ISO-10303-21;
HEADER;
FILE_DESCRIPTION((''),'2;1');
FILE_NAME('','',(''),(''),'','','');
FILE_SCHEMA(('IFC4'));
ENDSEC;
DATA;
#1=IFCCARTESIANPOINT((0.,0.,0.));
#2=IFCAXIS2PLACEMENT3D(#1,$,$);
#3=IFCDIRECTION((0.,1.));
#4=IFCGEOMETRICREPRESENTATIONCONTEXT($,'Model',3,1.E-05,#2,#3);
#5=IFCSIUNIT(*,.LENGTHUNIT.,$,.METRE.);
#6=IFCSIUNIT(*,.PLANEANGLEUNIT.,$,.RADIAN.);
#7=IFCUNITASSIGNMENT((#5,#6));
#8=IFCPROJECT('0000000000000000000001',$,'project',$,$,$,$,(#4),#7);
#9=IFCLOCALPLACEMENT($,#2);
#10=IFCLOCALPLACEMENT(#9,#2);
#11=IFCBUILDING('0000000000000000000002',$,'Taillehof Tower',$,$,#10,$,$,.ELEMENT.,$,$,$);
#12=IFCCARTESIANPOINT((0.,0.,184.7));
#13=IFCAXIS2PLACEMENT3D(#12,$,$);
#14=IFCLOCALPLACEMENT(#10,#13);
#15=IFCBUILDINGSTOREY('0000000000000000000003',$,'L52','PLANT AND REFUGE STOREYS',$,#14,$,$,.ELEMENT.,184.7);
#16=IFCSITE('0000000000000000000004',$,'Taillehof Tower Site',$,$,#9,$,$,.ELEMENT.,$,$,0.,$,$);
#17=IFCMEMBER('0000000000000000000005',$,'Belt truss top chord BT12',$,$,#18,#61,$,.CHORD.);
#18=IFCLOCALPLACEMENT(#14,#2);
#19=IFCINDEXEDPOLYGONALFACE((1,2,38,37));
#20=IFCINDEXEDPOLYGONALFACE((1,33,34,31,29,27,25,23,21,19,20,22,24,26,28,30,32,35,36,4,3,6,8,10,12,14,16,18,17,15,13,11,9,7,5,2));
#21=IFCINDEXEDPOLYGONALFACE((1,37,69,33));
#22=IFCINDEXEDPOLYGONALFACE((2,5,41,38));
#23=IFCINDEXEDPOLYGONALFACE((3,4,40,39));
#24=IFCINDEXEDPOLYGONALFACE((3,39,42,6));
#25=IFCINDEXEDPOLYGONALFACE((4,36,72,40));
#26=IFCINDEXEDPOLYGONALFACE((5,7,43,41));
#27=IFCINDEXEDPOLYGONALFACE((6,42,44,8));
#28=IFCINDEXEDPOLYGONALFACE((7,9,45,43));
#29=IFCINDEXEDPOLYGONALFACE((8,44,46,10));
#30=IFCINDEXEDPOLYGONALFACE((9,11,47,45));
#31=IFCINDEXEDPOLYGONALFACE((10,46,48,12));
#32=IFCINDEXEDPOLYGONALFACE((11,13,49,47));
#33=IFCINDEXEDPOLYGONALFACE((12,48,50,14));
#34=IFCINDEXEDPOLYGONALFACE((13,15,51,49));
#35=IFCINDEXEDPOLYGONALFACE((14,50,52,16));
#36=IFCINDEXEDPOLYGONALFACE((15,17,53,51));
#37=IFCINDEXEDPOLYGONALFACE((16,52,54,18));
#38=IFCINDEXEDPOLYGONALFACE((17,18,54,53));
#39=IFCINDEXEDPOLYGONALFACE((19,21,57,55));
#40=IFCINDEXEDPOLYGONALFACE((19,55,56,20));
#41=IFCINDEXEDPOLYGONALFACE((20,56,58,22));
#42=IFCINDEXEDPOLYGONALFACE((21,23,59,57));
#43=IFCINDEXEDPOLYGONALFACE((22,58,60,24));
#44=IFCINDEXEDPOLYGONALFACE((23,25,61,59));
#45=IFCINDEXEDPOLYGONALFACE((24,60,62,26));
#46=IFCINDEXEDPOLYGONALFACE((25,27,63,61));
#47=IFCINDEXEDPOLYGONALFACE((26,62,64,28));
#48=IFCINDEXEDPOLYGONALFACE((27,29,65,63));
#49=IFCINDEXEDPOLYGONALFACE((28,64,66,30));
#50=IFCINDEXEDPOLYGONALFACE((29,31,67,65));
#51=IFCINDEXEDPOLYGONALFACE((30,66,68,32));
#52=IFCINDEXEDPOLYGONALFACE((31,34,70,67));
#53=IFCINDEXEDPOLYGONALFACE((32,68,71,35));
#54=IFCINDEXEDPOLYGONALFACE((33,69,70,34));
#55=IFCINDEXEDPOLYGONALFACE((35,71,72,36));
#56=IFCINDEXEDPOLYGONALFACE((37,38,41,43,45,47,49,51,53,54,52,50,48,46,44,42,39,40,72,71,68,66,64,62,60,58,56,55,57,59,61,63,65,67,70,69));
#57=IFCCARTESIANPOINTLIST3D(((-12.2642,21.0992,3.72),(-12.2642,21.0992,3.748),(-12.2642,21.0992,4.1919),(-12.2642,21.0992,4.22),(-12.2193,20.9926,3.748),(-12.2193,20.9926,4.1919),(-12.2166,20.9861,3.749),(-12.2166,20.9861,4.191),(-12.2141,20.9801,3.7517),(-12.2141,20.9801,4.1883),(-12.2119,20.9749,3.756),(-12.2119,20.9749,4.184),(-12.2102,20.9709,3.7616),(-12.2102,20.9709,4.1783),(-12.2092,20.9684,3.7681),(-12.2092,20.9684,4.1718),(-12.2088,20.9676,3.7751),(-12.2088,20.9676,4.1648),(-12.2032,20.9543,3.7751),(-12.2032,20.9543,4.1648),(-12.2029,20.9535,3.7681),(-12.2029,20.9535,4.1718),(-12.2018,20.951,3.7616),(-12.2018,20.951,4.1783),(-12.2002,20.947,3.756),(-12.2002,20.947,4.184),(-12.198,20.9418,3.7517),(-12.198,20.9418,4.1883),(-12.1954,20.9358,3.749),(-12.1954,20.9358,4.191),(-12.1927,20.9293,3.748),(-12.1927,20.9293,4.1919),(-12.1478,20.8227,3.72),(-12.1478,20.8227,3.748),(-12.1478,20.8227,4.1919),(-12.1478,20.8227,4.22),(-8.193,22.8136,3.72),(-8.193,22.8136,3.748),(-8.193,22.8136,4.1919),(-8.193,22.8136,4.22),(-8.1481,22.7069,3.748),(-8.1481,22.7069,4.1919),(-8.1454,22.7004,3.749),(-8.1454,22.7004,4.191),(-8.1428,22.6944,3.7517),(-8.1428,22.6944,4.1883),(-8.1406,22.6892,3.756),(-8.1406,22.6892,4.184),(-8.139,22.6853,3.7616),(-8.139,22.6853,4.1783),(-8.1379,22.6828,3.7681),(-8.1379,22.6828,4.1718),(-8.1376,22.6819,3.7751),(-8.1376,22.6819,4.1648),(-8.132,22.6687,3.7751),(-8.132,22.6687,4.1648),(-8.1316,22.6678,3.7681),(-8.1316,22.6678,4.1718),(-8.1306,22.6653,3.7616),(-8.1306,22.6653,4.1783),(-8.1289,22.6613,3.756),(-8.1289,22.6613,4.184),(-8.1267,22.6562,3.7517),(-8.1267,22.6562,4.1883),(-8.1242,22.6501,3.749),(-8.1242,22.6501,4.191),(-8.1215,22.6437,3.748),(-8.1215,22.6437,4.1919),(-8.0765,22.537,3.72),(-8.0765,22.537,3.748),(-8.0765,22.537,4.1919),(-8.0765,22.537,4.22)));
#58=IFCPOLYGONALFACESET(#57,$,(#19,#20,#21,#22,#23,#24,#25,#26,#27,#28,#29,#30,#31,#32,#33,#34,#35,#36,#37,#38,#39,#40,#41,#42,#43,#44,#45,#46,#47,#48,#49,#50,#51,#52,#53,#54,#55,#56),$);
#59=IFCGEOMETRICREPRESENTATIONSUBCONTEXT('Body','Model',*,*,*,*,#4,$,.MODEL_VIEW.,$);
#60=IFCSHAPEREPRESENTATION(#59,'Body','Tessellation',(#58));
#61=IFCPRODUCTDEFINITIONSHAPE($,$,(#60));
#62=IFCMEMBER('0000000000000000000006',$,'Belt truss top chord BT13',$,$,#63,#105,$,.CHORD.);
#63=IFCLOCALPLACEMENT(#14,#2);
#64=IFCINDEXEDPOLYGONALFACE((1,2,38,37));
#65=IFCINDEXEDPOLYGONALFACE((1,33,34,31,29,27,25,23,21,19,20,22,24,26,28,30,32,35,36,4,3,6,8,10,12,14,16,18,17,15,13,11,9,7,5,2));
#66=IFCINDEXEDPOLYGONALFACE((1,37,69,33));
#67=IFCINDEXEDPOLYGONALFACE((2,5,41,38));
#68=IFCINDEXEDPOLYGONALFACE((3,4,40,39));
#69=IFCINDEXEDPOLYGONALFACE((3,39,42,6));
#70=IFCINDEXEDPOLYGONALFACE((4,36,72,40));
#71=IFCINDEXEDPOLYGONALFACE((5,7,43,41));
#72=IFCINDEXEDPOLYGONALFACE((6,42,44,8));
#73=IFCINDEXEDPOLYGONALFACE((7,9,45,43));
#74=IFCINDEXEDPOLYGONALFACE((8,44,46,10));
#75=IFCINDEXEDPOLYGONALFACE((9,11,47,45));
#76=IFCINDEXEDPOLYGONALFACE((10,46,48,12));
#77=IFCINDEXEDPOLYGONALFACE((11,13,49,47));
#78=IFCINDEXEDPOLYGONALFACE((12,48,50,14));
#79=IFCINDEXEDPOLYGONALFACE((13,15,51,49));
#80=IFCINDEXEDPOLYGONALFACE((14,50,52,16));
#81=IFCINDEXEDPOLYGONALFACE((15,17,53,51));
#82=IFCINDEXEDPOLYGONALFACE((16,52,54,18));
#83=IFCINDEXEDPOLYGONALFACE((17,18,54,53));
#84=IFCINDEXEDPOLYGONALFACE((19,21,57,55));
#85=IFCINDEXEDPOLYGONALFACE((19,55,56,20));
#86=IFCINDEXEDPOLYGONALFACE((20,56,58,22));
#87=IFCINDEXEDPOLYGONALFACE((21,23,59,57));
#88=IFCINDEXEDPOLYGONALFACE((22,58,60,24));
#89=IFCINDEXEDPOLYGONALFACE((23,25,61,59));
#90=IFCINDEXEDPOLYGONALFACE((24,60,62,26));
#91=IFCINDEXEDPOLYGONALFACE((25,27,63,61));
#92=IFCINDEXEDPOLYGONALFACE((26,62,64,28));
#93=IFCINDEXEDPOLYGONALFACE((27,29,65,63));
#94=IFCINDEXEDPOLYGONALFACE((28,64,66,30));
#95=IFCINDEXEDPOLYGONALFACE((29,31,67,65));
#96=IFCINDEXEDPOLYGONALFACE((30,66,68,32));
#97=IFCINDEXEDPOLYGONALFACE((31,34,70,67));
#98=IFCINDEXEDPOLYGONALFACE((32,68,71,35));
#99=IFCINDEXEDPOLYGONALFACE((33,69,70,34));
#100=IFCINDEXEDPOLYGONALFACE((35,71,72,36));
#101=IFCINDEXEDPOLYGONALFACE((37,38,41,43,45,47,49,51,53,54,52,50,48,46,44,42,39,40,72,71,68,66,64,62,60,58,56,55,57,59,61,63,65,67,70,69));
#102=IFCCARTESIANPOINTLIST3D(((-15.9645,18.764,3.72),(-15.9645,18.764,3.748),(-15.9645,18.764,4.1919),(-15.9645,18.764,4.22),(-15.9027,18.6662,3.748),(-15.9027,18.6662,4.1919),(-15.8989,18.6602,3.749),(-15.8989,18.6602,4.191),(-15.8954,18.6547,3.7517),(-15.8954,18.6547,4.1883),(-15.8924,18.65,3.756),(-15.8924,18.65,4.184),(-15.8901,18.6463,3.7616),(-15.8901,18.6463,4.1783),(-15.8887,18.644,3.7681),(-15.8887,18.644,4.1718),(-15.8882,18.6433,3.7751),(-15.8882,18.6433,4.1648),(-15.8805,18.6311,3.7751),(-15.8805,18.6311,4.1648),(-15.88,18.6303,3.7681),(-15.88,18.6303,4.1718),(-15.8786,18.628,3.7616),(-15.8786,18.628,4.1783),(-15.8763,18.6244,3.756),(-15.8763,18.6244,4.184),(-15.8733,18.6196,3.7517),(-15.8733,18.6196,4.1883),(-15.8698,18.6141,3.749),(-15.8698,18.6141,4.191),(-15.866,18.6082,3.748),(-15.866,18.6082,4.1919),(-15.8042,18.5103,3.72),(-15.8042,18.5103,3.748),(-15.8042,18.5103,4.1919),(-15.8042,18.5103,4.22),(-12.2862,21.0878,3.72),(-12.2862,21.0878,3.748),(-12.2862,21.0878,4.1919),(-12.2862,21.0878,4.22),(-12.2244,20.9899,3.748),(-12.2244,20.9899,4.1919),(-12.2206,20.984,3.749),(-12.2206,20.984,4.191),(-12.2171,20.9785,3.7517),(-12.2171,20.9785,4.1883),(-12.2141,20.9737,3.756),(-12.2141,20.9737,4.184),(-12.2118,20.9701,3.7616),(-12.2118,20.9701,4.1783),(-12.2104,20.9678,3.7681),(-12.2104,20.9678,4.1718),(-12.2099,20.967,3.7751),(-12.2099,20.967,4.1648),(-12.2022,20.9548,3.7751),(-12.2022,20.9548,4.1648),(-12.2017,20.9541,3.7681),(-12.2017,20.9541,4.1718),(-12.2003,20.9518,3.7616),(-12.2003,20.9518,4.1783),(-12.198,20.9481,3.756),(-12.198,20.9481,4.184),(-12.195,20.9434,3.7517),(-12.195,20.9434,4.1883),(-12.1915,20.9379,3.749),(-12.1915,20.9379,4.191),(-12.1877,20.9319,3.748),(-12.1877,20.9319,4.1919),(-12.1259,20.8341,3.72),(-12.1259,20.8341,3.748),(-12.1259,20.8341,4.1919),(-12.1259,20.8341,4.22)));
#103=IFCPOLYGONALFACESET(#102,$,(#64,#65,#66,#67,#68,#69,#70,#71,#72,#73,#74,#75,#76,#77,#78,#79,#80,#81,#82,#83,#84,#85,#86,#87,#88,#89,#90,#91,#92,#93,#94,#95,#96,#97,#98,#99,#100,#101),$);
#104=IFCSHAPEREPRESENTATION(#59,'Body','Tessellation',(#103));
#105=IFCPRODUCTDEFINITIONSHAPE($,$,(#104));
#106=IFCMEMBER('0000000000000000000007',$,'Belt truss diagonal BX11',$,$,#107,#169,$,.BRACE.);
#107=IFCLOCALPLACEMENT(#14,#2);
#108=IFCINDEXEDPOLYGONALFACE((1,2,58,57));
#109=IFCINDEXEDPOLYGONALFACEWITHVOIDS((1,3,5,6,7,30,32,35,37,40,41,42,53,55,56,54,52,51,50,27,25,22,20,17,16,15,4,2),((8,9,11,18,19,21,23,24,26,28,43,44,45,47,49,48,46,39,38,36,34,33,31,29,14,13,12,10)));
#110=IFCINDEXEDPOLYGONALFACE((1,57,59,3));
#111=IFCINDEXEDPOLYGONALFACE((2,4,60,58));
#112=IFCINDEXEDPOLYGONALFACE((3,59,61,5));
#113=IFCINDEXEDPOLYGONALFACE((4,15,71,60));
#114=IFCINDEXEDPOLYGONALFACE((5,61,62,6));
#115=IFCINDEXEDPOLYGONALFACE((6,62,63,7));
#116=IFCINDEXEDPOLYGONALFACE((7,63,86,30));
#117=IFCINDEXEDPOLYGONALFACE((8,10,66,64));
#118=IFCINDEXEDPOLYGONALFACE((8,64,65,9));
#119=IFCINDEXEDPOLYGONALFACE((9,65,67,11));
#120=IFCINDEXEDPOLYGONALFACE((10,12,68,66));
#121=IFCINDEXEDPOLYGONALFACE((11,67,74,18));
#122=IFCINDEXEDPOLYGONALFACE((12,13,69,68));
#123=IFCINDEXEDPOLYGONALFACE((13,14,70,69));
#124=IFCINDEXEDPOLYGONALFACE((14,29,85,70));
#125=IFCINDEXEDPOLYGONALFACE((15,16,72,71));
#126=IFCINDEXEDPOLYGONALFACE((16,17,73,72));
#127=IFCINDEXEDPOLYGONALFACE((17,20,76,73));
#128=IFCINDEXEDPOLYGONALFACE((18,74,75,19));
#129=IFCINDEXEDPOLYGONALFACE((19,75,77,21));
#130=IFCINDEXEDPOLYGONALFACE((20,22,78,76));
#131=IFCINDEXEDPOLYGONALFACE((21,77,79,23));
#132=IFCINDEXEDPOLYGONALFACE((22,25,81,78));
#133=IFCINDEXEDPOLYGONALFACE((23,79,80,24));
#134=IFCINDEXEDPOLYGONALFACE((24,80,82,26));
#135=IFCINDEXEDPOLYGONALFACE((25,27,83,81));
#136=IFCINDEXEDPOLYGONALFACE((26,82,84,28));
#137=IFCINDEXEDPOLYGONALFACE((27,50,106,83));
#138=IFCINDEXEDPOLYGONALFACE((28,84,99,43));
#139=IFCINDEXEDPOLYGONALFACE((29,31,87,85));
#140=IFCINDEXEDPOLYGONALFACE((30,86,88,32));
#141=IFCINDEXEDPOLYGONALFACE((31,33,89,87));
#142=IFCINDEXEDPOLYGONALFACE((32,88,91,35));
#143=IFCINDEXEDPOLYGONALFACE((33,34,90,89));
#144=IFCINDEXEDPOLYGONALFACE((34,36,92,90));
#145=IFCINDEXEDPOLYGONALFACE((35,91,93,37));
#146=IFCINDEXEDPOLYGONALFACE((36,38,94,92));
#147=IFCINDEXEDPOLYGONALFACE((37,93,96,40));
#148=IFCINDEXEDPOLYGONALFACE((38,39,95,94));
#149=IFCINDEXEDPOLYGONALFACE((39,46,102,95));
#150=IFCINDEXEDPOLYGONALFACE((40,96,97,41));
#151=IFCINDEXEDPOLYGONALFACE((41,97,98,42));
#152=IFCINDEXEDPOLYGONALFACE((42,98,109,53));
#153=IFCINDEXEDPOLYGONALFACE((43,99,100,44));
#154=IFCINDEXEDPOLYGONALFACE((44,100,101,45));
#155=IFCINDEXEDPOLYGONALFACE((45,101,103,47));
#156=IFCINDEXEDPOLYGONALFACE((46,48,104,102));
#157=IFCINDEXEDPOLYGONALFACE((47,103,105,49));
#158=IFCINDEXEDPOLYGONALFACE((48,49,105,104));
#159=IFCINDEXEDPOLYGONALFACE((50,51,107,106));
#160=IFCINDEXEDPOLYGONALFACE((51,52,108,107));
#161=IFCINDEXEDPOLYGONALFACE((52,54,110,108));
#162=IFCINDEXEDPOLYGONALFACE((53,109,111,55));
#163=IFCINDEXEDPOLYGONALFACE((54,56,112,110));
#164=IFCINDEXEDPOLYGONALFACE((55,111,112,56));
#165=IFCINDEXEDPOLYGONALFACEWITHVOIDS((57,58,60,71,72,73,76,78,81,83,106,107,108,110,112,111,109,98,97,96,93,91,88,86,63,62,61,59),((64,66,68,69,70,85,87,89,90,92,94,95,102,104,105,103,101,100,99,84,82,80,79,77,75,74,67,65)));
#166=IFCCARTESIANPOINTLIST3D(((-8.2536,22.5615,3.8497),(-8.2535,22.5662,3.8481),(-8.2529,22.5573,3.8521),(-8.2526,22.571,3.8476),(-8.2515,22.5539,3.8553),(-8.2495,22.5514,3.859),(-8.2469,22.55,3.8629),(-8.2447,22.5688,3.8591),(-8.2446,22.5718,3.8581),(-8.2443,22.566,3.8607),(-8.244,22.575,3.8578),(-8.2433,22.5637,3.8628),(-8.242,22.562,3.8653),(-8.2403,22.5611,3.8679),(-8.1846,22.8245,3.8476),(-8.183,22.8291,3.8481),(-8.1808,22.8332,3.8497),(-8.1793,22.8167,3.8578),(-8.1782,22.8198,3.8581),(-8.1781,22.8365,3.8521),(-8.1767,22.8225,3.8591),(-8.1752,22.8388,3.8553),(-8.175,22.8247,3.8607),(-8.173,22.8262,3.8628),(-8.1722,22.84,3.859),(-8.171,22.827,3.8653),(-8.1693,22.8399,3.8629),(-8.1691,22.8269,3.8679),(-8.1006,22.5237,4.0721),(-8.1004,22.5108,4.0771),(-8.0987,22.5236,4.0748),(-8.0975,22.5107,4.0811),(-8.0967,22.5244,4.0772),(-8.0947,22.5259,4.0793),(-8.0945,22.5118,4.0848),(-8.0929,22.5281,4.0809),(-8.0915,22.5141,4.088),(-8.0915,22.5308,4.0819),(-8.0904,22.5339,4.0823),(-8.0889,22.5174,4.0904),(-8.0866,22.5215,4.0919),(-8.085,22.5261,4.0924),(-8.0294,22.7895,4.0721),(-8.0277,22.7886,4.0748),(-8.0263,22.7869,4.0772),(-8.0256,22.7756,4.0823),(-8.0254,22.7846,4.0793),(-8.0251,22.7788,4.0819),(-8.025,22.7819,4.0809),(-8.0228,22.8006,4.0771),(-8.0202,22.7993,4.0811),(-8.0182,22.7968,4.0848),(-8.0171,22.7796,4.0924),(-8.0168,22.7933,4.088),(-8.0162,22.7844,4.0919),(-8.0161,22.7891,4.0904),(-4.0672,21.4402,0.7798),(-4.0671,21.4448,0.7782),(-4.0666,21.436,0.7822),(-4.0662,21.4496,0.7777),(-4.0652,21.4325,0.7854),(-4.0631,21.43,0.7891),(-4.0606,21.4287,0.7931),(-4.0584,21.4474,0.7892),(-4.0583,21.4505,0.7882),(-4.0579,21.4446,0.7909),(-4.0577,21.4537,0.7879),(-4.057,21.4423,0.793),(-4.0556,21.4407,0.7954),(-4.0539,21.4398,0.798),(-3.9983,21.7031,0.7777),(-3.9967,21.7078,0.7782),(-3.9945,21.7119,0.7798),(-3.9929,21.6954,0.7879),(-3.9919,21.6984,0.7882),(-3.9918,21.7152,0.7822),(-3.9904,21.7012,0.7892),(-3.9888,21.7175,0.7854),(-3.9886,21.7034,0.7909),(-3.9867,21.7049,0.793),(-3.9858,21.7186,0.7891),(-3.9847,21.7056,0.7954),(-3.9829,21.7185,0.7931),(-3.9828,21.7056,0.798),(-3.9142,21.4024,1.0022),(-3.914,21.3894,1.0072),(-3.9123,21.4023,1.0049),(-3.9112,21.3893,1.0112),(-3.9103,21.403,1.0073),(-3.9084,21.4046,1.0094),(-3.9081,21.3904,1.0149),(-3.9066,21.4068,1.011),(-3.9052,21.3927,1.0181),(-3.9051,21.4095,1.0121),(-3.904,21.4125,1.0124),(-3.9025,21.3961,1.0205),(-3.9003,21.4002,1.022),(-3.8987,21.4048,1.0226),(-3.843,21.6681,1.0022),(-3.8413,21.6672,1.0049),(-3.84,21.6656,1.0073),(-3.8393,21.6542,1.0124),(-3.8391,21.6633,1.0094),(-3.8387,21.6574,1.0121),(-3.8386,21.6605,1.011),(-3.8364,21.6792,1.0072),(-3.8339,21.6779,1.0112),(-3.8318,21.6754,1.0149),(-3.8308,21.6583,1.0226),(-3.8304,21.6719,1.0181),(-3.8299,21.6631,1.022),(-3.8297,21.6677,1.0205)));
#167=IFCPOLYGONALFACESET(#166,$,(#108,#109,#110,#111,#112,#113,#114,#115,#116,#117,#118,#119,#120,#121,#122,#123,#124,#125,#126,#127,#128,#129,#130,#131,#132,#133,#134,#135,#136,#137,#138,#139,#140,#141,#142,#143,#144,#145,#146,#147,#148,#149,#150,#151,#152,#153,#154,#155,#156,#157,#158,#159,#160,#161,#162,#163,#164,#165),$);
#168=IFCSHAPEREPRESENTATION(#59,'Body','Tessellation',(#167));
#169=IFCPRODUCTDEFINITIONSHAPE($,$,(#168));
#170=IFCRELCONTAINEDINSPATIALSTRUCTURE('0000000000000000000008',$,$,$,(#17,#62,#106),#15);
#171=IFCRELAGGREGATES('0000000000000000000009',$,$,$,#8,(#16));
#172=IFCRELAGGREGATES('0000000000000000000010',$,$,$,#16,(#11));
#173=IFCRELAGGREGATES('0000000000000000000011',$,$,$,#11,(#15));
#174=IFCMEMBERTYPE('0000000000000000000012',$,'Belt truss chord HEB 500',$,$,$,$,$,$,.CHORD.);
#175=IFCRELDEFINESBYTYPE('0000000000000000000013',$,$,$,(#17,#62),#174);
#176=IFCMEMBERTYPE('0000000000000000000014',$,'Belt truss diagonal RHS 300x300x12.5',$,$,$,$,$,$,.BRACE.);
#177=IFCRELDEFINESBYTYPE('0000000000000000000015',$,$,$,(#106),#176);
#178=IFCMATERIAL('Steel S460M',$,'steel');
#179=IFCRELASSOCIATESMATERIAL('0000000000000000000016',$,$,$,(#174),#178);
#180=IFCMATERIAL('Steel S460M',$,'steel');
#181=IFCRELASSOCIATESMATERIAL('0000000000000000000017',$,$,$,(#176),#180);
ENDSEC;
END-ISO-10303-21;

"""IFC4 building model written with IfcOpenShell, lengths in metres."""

from ifc_helpers import new_model, si_unit, direction, frame, origin, origin_2d, place, context, subcontext, project, spatial, hollow_rectangle, i_section, extrude, material, material_profile, profile_set, type_object, element, save


model = new_model("IFC4")

# Units and contexts
model_context = context("Model", 3, precision=1e-05, world=origin(), true_north=direction((0.0, 1.0)))
body_context = subcontext(model_context, "Body", "Model", "MODEL_VIEW")
ifc_project = project(units=[si_unit("LENGTHUNIT", "METRE"), si_unit("PLANEANGLEUNIT", "RADIAN")], contexts=[model_context])

# Site, building, storey
site_placement = place(None, origin())
site = spatial("IfcSite", under=ifc_project, at=site_placement, Name="Taillehof Tower Site", CompositionType="ELEMENT", RefElevation=0.0)
building_placement = place(site_placement, origin())
building = spatial("IfcBuilding", under=site, at=building_placement, Name="Taillehof Tower", CompositionType="ELEMENT")
storey_placement = place(building_placement, frame((0.0, 0.0, 184.7)))
storey = spatial("IfcBuildingStorey", under=building, at=storey_placement, Name="L52", Description="PLANT AND REFUGE STOREYS", CompositionType="ELEMENT", Elevation=184.7)

# Members
ifc_material_1 = material(Name="Steel S460M", Category="steel")
ifc_material_profile_1 = material_profile(ifc_material_1, i_section(OverallWidth=0.3, OverallDepth=0.5, WebThickness=0.0144, FlangeThickness=0.0281, FilletRadius=0.0271, at=origin_2d()), Name="HEB 500")
ifc_profile_set_1 = profile_set([ifc_material_profile_1], Name="Steel S460M")
member_type_1 = type_object("IfcMemberType", Name="Belt truss chord HEB 500", PredefinedType="CHORD", material=ifc_profile_set_1)
member_1_placement = place(storey_placement, frame((-8.1348, 22.6753, 3.97), z_axis=(-0.921625, -0.388082, 0.0), x_axis=(0.388082, -0.921625, 0.0)))
element("IfcMember", 1, at=member_1_placement, inside=storey, type_object=member_type_1, Name="Belt truss top chord BT12", PredefinedType="CHORD", context=body_context, shape_type="SweptSolid", body=[
    extrude(i_section(OverallWidth=0.3, OverallDepth=0.5, WebThickness=0.0144, FlangeThickness=0.0281, FilletRadius=0.0271, at=origin_2d()), origin(), (0.0, 0.0, 1.0), 4.4175),
])
member_2_placement = place(storey_placement, frame((-12.2061, 20.9609, 3.97), z_axis=(-0.845422, -0.534099, 0.0), x_axis=(0.534099, -0.845422, 0.0)))
element("IfcMember", 2, at=member_2_placement, inside=storey, type_object=member_type_1, Name="Belt truss top chord BT13", PredefinedType="CHORD", context=body_context, shape_type="SweptSolid", body=[
    extrude(i_section(OverallWidth=0.3, OverallDepth=0.5, WebThickness=0.0144, FlangeThickness=0.0281, FilletRadius=0.0271, at=origin_2d()), origin(), (0.0, 0.0, 1.0), 4.3508),
])
ifc_material_2 = material(Name="Steel S460M", Category="steel")
ifc_material_profile_2 = material_profile(ifc_material_2, hollow_rectangle(XDim=0.3, YDim=0.3, WallThickness=0.0125, InnerFilletRadius=0.0125, OuterFilletRadius=0.0188, at=origin_2d()), Name="RHS 300x300x12.5")
ifc_profile_set_2 = profile_set([ifc_material_profile_2], Name="Steel S460M")
member_type_2 = type_object("IfcMemberType", Name="Belt truss diagonal RHS 300x300x12.5", PredefinedType="BRACE", material=ifc_profile_set_2)
member_3_placement = place(storey_placement, frame((-3.9485, 21.554, 0.9001), z_axis=(-0.788236, 0.211137, 0.578018), x_axis=(-0.258739, -0.965947, 0.0)))
element("IfcMember", 3, at=member_3_placement, inside=storey, type_object=member_type_2, Name="Belt truss diagonal BX11", PredefinedType="BRACE", context=body_context, shape_type="SweptSolid", body=[
    extrude(hollow_rectangle(XDim=0.3, YDim=0.3, WallThickness=0.0125, InnerFilletRadius=0.0125, OuterFilletRadius=0.0188, at=origin_2d()), origin(), (0.0, 0.0, 1.0), 5.311),
])

save(model, "model.ifc")
